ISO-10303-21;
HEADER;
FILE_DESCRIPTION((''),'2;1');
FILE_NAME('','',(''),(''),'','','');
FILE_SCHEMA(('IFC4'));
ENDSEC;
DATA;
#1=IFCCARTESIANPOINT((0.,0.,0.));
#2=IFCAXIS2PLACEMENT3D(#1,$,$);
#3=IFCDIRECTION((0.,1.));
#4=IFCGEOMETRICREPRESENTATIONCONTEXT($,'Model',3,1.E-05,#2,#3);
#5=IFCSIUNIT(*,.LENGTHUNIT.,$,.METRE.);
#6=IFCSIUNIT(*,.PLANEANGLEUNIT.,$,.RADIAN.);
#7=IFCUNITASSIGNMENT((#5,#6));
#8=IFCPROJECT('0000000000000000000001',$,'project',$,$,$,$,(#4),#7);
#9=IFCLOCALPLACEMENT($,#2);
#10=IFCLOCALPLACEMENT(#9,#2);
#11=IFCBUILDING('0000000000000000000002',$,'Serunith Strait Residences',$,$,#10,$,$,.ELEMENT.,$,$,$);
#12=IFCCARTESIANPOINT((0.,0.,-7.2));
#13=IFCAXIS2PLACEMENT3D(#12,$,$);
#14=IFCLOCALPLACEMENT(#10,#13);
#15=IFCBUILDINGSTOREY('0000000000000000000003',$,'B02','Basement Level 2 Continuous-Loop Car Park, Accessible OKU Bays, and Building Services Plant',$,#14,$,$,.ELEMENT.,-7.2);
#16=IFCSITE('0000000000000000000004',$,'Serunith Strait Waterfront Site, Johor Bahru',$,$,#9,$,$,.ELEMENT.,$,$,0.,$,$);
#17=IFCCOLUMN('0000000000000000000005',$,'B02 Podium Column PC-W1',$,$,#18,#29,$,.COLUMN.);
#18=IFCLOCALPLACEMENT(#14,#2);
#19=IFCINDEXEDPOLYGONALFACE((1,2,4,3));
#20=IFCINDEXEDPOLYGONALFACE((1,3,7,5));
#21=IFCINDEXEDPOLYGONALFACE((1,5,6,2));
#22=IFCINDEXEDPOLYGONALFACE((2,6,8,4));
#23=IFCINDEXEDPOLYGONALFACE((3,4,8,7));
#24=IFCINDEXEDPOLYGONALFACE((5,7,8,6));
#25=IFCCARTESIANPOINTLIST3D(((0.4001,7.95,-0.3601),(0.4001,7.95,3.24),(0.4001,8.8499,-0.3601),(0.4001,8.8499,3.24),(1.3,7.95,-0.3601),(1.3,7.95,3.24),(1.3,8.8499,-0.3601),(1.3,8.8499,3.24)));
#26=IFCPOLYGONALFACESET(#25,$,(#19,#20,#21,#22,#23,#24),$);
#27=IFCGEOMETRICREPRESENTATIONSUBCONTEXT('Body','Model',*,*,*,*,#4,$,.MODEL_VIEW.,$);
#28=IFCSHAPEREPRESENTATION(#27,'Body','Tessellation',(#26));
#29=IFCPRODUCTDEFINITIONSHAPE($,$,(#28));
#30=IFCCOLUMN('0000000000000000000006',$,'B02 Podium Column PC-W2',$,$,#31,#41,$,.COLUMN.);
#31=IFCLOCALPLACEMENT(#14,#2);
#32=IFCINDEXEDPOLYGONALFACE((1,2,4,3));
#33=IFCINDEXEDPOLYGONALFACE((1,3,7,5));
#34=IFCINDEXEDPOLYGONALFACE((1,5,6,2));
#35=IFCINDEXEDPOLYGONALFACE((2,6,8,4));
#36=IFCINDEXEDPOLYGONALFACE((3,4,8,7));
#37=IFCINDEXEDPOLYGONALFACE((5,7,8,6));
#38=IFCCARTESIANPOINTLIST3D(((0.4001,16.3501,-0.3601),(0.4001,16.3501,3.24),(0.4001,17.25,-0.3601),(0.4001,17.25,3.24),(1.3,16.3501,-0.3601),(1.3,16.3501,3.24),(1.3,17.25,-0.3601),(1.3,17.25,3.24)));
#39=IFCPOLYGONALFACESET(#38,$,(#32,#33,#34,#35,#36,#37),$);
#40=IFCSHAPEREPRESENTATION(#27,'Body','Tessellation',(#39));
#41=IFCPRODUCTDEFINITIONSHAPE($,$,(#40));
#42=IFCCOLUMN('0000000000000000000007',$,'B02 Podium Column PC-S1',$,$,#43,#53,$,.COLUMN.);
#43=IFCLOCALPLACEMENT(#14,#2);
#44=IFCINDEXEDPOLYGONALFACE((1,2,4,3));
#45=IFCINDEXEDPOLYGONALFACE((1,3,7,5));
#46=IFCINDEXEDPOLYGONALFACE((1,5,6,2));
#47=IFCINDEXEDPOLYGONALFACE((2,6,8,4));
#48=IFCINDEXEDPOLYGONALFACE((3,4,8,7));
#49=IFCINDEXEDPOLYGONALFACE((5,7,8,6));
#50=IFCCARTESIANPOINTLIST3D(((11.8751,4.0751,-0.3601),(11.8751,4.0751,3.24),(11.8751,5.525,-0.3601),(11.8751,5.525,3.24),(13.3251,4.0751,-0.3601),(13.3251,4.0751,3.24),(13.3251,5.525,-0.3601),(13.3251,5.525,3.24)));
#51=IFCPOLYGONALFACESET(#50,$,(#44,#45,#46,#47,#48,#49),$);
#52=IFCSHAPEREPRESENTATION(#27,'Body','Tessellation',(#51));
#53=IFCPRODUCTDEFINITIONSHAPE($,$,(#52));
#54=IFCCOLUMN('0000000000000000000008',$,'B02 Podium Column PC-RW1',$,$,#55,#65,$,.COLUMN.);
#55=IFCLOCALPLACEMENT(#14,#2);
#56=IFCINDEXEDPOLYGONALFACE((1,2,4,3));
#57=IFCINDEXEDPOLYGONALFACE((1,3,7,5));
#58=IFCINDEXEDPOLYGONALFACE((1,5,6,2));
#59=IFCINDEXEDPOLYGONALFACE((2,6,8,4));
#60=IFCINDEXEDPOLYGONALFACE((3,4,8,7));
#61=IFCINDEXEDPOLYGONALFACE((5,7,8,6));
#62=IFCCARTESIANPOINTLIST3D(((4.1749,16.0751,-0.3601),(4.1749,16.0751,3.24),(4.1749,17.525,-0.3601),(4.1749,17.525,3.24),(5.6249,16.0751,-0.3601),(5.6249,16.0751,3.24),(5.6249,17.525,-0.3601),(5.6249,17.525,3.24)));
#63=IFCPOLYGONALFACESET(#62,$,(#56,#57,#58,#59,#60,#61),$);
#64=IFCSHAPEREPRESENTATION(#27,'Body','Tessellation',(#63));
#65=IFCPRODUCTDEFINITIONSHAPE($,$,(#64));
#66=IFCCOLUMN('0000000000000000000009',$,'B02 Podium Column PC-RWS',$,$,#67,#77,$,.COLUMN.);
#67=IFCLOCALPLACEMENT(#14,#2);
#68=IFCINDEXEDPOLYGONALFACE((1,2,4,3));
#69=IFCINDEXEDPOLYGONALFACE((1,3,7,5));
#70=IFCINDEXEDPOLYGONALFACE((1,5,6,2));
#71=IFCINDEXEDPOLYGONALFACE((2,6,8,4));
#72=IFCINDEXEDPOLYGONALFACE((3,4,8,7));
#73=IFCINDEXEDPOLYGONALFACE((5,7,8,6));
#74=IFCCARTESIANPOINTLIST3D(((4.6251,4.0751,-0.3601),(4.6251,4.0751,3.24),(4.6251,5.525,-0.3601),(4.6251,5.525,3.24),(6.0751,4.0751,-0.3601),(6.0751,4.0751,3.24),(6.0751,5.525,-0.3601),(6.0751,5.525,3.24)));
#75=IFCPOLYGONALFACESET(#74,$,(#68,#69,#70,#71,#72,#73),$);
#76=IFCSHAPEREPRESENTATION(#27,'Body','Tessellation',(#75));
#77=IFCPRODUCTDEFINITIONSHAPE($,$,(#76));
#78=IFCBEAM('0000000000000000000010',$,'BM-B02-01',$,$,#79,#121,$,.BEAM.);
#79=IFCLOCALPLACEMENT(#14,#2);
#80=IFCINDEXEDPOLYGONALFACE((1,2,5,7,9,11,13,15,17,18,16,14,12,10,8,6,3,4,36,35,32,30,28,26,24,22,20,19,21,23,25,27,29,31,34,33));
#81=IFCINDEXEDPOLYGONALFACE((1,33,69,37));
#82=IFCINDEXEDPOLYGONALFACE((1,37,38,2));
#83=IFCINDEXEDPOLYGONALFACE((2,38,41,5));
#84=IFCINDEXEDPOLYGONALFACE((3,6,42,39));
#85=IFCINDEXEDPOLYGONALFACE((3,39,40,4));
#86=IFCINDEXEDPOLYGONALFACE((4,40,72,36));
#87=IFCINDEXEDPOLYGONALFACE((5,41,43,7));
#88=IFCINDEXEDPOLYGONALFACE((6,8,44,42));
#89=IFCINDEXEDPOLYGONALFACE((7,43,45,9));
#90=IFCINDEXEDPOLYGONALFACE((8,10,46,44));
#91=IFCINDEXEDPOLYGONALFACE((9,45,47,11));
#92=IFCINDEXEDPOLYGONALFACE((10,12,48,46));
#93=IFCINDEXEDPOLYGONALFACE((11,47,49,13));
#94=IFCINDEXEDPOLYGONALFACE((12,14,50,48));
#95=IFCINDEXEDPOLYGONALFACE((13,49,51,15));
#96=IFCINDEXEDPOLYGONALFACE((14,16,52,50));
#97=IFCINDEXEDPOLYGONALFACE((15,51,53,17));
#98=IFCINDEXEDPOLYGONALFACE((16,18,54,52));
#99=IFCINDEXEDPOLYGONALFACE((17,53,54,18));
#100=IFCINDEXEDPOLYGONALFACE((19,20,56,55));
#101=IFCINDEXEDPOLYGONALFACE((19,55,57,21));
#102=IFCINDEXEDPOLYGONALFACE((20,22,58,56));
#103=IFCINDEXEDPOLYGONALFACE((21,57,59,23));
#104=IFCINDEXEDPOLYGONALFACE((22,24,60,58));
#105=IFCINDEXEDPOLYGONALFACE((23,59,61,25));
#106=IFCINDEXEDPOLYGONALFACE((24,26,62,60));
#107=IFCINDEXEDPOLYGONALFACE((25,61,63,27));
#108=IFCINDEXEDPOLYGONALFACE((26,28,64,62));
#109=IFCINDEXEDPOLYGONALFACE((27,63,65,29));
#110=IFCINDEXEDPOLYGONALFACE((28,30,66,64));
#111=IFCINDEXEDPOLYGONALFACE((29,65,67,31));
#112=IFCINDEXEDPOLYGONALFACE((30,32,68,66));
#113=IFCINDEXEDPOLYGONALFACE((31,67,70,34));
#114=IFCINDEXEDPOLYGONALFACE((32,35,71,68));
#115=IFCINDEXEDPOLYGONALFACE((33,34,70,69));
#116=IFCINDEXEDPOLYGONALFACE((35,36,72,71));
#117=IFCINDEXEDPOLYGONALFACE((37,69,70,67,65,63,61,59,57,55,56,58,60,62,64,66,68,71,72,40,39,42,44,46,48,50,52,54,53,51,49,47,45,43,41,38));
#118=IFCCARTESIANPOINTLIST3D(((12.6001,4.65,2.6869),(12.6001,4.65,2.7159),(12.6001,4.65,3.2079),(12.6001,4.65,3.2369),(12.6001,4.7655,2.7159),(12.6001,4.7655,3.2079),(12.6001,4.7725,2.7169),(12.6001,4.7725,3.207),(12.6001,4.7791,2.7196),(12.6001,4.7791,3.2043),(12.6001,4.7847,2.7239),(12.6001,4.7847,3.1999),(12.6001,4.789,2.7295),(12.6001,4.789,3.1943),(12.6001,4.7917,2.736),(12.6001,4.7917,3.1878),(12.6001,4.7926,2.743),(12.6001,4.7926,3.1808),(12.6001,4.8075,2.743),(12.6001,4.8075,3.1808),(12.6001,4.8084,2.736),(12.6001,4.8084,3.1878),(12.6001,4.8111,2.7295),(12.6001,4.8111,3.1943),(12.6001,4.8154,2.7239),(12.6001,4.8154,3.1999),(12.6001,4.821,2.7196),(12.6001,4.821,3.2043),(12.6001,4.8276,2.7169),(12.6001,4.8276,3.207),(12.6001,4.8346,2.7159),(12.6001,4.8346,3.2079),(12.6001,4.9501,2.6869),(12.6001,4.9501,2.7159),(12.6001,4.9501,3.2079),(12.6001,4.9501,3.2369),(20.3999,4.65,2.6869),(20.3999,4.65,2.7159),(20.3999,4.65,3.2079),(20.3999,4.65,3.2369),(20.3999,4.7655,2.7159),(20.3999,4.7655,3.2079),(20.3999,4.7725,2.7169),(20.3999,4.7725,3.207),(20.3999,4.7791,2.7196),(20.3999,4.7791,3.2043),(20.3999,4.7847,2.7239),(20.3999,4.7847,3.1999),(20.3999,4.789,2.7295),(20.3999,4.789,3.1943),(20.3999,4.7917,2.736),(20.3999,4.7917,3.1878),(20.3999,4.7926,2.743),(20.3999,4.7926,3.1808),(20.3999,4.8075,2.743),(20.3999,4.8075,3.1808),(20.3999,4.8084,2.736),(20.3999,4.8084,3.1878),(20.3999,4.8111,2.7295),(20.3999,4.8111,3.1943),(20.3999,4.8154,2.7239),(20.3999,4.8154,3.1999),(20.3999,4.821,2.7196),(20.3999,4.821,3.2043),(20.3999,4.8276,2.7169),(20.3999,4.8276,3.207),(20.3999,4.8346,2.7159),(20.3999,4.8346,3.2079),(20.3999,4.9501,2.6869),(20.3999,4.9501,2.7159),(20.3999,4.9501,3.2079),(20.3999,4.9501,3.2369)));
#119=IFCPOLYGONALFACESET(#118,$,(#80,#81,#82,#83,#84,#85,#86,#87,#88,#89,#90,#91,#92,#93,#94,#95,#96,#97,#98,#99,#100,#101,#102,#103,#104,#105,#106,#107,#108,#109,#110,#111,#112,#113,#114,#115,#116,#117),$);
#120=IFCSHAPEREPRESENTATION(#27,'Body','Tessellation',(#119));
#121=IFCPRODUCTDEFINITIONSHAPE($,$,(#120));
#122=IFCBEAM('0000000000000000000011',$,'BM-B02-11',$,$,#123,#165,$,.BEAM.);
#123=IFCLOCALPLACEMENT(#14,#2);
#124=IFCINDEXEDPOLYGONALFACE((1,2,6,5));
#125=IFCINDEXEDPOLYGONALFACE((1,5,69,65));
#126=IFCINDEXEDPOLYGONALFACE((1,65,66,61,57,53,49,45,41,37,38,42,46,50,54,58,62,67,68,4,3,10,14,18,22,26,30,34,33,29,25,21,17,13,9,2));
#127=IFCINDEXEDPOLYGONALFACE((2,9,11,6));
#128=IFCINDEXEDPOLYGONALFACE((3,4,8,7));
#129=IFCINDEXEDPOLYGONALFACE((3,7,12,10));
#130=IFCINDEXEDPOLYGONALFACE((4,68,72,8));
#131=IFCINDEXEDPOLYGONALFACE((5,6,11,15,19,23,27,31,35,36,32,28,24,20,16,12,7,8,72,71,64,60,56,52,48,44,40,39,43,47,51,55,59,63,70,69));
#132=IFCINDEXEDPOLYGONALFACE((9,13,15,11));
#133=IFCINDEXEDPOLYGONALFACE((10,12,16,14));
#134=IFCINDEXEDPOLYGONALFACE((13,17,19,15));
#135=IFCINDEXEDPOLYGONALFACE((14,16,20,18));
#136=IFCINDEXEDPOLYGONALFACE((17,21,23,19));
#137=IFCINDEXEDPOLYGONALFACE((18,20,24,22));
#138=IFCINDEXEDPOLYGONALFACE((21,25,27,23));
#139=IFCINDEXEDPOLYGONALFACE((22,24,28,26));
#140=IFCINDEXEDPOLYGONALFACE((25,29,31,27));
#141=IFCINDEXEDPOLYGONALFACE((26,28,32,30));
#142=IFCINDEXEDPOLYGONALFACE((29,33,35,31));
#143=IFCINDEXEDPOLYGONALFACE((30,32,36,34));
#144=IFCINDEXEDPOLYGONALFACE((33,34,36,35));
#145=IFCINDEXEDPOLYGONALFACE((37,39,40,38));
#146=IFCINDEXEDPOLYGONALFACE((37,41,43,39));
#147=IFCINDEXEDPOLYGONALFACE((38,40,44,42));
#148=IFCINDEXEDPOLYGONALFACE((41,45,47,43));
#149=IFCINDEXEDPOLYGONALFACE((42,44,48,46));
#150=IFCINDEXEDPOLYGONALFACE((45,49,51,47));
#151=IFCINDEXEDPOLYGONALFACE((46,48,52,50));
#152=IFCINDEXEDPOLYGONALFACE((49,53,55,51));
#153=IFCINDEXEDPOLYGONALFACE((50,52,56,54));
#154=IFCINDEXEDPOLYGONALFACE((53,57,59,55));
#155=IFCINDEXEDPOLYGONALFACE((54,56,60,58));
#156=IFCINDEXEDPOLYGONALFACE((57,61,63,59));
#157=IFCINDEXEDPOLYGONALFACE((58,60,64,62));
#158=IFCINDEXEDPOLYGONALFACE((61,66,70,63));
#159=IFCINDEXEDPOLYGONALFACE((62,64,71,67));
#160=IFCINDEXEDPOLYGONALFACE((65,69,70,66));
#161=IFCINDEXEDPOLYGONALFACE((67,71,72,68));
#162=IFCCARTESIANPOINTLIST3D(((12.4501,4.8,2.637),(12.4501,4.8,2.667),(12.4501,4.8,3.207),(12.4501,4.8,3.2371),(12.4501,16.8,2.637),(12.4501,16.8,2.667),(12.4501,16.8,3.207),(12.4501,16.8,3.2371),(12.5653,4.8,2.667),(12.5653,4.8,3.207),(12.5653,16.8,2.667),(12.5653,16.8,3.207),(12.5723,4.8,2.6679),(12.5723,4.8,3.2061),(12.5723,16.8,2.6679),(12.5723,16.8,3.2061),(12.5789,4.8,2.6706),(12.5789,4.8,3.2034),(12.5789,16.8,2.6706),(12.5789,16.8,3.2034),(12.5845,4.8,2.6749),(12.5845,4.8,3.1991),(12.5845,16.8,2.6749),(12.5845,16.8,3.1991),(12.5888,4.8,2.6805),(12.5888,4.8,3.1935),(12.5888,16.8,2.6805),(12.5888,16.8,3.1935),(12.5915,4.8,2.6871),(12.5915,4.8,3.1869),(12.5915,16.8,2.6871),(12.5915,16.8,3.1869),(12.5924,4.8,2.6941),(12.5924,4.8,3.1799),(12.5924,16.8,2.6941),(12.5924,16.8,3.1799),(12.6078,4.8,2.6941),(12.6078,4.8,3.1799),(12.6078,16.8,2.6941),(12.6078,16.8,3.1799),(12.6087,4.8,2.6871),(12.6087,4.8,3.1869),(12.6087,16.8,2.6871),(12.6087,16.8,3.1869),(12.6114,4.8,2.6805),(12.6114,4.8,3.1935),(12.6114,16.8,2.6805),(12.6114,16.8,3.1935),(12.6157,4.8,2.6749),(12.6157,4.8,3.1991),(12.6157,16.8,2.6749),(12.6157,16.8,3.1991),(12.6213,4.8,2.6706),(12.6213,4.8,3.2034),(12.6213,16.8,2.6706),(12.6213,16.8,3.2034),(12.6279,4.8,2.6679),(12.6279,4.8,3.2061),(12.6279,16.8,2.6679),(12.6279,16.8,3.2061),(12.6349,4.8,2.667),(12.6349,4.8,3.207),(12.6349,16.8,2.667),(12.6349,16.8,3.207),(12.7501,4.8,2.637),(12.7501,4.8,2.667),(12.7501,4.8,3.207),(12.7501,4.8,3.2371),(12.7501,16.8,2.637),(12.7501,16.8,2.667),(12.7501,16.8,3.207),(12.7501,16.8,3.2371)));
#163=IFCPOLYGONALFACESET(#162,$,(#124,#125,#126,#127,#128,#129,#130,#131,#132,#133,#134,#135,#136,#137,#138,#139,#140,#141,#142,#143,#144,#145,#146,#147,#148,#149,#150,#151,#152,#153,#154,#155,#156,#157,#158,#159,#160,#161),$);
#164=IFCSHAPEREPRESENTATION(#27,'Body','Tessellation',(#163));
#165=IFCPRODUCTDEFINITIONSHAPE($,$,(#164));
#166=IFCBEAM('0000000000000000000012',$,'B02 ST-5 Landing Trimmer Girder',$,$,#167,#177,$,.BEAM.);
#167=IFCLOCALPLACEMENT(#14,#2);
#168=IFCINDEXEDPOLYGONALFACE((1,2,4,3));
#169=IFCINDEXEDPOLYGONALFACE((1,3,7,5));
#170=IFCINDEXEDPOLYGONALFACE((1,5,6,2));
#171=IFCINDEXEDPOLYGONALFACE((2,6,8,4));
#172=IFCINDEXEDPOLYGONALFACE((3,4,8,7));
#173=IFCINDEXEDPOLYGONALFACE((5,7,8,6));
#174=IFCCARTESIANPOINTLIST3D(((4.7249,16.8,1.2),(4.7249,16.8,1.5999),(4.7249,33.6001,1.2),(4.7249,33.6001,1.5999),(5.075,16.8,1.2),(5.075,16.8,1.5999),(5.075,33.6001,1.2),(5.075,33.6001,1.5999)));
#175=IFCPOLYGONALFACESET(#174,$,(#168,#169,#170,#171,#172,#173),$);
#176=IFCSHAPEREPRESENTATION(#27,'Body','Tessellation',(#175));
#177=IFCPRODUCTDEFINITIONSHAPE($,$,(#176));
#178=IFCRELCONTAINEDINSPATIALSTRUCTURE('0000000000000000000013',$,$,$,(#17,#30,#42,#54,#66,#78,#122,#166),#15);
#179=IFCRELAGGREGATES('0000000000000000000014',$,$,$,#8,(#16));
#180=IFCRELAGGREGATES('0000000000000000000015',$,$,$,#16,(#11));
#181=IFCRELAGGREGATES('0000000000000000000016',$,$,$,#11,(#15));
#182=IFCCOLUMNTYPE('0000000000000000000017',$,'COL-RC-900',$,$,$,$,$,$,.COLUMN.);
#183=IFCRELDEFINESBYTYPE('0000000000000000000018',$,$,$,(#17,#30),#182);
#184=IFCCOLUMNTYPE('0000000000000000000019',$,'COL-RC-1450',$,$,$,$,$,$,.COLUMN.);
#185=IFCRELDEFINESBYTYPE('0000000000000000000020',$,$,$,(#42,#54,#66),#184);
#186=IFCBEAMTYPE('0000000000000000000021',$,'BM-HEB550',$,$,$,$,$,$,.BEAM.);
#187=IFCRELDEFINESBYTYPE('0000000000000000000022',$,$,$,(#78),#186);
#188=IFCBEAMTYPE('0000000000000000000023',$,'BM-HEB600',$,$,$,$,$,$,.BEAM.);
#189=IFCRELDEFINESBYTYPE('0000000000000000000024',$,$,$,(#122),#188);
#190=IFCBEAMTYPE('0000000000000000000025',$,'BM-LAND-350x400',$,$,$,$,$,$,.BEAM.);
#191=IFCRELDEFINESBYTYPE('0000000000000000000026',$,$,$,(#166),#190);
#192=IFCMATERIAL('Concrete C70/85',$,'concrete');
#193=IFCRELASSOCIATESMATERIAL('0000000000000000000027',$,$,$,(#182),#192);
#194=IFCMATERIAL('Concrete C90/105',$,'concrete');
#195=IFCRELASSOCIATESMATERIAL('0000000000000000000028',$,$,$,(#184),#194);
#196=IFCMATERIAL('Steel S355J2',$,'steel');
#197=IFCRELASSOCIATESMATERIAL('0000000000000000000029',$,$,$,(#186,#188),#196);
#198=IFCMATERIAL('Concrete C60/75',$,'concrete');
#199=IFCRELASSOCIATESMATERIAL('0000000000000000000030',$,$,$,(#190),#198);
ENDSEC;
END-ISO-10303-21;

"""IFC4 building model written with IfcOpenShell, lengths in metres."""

from ifc_helpers import new_model, si_unit, direction, frame, origin, origin_2d, place, context, subcontext, project, spatial, rectangle, i_section, extrude, source, transform, mapped, material, material_profile, profile_set, type_object, element, save


model = new_model("IFC4")

# Units and contexts
model_context = context("Model", 3, precision=1e-05, world=origin(), true_north=direction((0.0, 1.0)))
body_context = subcontext(model_context, "Body", "Model", "MODEL_VIEW")
ifc_project = project(units=[si_unit("LENGTHUNIT", "METRE"), si_unit("PLANEANGLEUNIT", "RADIAN")], contexts=[model_context])

# Site, building, storey
site_placement = place(None, origin())
site = spatial("IfcSite", under=ifc_project, at=site_placement, Name="Serunith Strait Waterfront Site, Johor Bahru", CompositionType="ELEMENT", RefElevation=0.0)
building_placement = place(site_placement, origin())
building = spatial("IfcBuilding", under=site, at=building_placement, Name="Serunith Strait Residences", CompositionType="ELEMENT")
storey_placement = place(building_placement, frame((0.0, 0.0, -7.2)))
storey = spatial("IfcBuildingStorey", under=building, at=storey_placement, Name="B02", Description="Basement Level 2 Continuous-Loop Car Park, Accessible OKU Bays, and Building Services Plant", CompositionType="ELEMENT", Elevation=-7.2)

# Columns
ifc_material_1 = material(Name="Concrete C70/85", Category="concrete")
ifc_material_profile_1 = material_profile(ifc_material_1, rectangle(XDim=0.8999, YDim=0.8999, at=origin_2d()), Name="RC 900x900")
ifc_profile_set_1 = profile_set([ifc_material_profile_1], Name="Concrete C70/85")
column_type_1 = type_object("IfcColumnType", Name="COL-RC-900", PredefinedType="COLUMN", material=ifc_profile_set_1)
shared_shape_1 = source(origin(), body_context, "Body", "SweptSolid", [
    extrude(rectangle(XDim=0.8999, YDim=0.8999, at=origin_2d()), origin(), (0.0, 0.0, 1.0), 3.6001),
])
for number, where, z_axis, x_axis, name in (
    (1, (0.8501, 8.3999, -0.3601), (0.0, 0.0, 1.0), (1.0, 0.0, 0.0), "B02 Podium Column PC-W1"),
    (2, (0.8501, 16.8, -0.3601), (0.0, 0.0, 1.0), (1.0, 0.0, 0.0), "B02 Podium Column PC-W2"),
):
    element("IfcColumn", number, at=place(storey_placement, frame(where, z_axis=z_axis, x_axis=x_axis)), inside=storey, type_object=column_type_1, Name=name, PredefinedType="COLUMN", context=body_context, shape_type="MappedRepresentation", body=[
        mapped(shared_shape_1, transform((0.0, 0.0, 0.0), scale=1.0)),
    ])
ifc_material_2 = material(Name="Concrete C90/105", Category="concrete")
ifc_material_profile_2 = material_profile(ifc_material_2, rectangle(XDim=1.45, YDim=1.45, at=origin_2d()), Name="RC 1450x1450")
ifc_profile_set_2 = profile_set([ifc_material_profile_2], Name="Concrete C90/105")
column_type_2 = type_object("IfcColumnType", Name="COL-RC-1450", PredefinedType="COLUMN", material=ifc_profile_set_2)
shared_shape_2 = source(origin(), body_context, "Body", "SweptSolid", [
    extrude(rectangle(XDim=1.45, YDim=1.45, at=origin_2d()), origin(), (0.0, 0.0, 1.0), 3.6001),
])
for number, where, z_axis, x_axis, name in (
    (3, (12.6001, 4.8, -0.3601), (0.0, 0.0, 1.0), (1.0, 0.0, 0.0), "B02 Podium Column PC-S1"),
    (4, (4.8999, 16.8, -0.3601), (0.0, 0.0, 1.0), (1.0, 0.0, 0.0), "B02 Podium Column PC-RW1"),
    (5, (5.3501, 4.8, -0.3601), (0.0, 0.0, 1.0), (1.0, 0.0, 0.0), "B02 Podium Column PC-RWS"),
):
    element("IfcColumn", number, at=place(storey_placement, frame(where, z_axis=z_axis, x_axis=x_axis)), inside=storey, type_object=column_type_2, Name=name, PredefinedType="COLUMN", context=body_context, shape_type="MappedRepresentation", body=[
        mapped(shared_shape_2, transform((0.0, 0.0, 0.0), scale=1.0)),
    ])

# Beams
ifc_material_3 = material(Name="Steel S355J2", Category="steel")
ifc_material_profile_3 = material_profile(ifc_material_3, i_section(OverallWidth=0.3, OverallDepth=0.55, WebThickness=0.0149, FlangeThickness=0.0291, FilletRadius=0.0271, at=origin_2d()), Name="HEB 550")
ifc_profile_set_3 = profile_set([ifc_material_profile_3], Name="Steel S355J2")
beam_type_1 = type_object("IfcBeamType", Name="BM-HEB550", PredefinedType="BEAM", material=ifc_profile_set_3)
shared_shape_3 = source(origin(), body_context, "Body", "SweptSolid", [
    extrude(i_section(OverallWidth=0.3, OverallDepth=0.55, WebThickness=0.0149, FlangeThickness=0.0291, FilletRadius=0.0271, at=origin_2d()), origin(), (0.0, 0.0, 1.0), 7.7998),
])
beam_1_placement = place(storey_placement, frame((12.6001, 4.8, 2.9619), z_axis=(1.0, 0.0, 0.0), x_axis=(0.0, 1.0, 0.0)))
element("IfcBeam", 6, at=beam_1_placement, inside=storey, type_object=beam_type_1, Name="BM-B02-01", PredefinedType="BEAM", context=body_context, shape_type="MappedRepresentation", body=[
    mapped(shared_shape_3, transform((0.0, 0.0, 0.0), scale=1.0)),
])
ifc_material_profile_4 = material_profile(ifc_material_3, i_section(OverallWidth=0.3, OverallDepth=0.6001, WebThickness=0.0154, FlangeThickness=0.03, FilletRadius=0.0271, at=origin_2d()), Name="HEB 600")
ifc_profile_set_4 = profile_set([ifc_material_profile_4], Name="Steel S355J2")
beam_type_2 = type_object("IfcBeamType", Name="BM-HEB600", PredefinedType="BEAM", material=ifc_profile_set_4)
shared_shape_4 = source(origin(), body_context, "Body", "SweptSolid", [
    extrude(i_section(OverallWidth=0.3, OverallDepth=0.6001, WebThickness=0.0154, FlangeThickness=0.03, FilletRadius=0.0271, at=origin_2d()), origin(), (0.0, 0.0, 1.0), 12.0),
])
beam_2_placement = place(storey_placement, frame((12.6001, 4.8, 2.937), z_axis=(0.0, 1.0, 0.0), x_axis=(-1.0, 0.0, 0.0)))
element("IfcBeam", 7, at=beam_2_placement, inside=storey, type_object=beam_type_2, Name="BM-B02-11", PredefinedType="BEAM", context=body_context, shape_type="MappedRepresentation", body=[
    mapped(shared_shape_4, transform((0.0, 0.0, 0.0), scale=1.0)),
])
ifc_material_4 = material(Name="Concrete C60/75", Category="concrete")
ifc_material_profile_5 = material_profile(ifc_material_4, rectangle(XDim=0.3501, YDim=0.3999, at=origin_2d()), Name="RC 350x400")
ifc_profile_set_5 = profile_set([ifc_material_profile_5], Name="Concrete C60/75")
beam_type_3 = type_object("IfcBeamType", Name="BM-LAND-350x400", PredefinedType="BEAM", material=ifc_profile_set_5)
shared_shape_5 = source(origin(), body_context, "Body", "SweptSolid", [
    extrude(rectangle(XDim=0.3501, YDim=0.3999, at=origin_2d()), origin(), (0.0, 0.0, 1.0), 16.8),
])
beam_3_placement = place(storey_placement, frame((4.8999, 16.8, 1.3999), z_axis=(0.0, 1.0, 0.0), x_axis=(-1.0, 0.0, 0.0)))
element("IfcBeam", 8, at=beam_3_placement, inside=storey, type_object=beam_type_3, Name="B02 ST-5 Landing Trimmer Girder", PredefinedType="BEAM", context=body_context, shape_type="MappedRepresentation", body=[
    mapped(shared_shape_5, transform((0.0, 0.0, 0.0), scale=1.0)),
])

save(model, "model.ifc")
